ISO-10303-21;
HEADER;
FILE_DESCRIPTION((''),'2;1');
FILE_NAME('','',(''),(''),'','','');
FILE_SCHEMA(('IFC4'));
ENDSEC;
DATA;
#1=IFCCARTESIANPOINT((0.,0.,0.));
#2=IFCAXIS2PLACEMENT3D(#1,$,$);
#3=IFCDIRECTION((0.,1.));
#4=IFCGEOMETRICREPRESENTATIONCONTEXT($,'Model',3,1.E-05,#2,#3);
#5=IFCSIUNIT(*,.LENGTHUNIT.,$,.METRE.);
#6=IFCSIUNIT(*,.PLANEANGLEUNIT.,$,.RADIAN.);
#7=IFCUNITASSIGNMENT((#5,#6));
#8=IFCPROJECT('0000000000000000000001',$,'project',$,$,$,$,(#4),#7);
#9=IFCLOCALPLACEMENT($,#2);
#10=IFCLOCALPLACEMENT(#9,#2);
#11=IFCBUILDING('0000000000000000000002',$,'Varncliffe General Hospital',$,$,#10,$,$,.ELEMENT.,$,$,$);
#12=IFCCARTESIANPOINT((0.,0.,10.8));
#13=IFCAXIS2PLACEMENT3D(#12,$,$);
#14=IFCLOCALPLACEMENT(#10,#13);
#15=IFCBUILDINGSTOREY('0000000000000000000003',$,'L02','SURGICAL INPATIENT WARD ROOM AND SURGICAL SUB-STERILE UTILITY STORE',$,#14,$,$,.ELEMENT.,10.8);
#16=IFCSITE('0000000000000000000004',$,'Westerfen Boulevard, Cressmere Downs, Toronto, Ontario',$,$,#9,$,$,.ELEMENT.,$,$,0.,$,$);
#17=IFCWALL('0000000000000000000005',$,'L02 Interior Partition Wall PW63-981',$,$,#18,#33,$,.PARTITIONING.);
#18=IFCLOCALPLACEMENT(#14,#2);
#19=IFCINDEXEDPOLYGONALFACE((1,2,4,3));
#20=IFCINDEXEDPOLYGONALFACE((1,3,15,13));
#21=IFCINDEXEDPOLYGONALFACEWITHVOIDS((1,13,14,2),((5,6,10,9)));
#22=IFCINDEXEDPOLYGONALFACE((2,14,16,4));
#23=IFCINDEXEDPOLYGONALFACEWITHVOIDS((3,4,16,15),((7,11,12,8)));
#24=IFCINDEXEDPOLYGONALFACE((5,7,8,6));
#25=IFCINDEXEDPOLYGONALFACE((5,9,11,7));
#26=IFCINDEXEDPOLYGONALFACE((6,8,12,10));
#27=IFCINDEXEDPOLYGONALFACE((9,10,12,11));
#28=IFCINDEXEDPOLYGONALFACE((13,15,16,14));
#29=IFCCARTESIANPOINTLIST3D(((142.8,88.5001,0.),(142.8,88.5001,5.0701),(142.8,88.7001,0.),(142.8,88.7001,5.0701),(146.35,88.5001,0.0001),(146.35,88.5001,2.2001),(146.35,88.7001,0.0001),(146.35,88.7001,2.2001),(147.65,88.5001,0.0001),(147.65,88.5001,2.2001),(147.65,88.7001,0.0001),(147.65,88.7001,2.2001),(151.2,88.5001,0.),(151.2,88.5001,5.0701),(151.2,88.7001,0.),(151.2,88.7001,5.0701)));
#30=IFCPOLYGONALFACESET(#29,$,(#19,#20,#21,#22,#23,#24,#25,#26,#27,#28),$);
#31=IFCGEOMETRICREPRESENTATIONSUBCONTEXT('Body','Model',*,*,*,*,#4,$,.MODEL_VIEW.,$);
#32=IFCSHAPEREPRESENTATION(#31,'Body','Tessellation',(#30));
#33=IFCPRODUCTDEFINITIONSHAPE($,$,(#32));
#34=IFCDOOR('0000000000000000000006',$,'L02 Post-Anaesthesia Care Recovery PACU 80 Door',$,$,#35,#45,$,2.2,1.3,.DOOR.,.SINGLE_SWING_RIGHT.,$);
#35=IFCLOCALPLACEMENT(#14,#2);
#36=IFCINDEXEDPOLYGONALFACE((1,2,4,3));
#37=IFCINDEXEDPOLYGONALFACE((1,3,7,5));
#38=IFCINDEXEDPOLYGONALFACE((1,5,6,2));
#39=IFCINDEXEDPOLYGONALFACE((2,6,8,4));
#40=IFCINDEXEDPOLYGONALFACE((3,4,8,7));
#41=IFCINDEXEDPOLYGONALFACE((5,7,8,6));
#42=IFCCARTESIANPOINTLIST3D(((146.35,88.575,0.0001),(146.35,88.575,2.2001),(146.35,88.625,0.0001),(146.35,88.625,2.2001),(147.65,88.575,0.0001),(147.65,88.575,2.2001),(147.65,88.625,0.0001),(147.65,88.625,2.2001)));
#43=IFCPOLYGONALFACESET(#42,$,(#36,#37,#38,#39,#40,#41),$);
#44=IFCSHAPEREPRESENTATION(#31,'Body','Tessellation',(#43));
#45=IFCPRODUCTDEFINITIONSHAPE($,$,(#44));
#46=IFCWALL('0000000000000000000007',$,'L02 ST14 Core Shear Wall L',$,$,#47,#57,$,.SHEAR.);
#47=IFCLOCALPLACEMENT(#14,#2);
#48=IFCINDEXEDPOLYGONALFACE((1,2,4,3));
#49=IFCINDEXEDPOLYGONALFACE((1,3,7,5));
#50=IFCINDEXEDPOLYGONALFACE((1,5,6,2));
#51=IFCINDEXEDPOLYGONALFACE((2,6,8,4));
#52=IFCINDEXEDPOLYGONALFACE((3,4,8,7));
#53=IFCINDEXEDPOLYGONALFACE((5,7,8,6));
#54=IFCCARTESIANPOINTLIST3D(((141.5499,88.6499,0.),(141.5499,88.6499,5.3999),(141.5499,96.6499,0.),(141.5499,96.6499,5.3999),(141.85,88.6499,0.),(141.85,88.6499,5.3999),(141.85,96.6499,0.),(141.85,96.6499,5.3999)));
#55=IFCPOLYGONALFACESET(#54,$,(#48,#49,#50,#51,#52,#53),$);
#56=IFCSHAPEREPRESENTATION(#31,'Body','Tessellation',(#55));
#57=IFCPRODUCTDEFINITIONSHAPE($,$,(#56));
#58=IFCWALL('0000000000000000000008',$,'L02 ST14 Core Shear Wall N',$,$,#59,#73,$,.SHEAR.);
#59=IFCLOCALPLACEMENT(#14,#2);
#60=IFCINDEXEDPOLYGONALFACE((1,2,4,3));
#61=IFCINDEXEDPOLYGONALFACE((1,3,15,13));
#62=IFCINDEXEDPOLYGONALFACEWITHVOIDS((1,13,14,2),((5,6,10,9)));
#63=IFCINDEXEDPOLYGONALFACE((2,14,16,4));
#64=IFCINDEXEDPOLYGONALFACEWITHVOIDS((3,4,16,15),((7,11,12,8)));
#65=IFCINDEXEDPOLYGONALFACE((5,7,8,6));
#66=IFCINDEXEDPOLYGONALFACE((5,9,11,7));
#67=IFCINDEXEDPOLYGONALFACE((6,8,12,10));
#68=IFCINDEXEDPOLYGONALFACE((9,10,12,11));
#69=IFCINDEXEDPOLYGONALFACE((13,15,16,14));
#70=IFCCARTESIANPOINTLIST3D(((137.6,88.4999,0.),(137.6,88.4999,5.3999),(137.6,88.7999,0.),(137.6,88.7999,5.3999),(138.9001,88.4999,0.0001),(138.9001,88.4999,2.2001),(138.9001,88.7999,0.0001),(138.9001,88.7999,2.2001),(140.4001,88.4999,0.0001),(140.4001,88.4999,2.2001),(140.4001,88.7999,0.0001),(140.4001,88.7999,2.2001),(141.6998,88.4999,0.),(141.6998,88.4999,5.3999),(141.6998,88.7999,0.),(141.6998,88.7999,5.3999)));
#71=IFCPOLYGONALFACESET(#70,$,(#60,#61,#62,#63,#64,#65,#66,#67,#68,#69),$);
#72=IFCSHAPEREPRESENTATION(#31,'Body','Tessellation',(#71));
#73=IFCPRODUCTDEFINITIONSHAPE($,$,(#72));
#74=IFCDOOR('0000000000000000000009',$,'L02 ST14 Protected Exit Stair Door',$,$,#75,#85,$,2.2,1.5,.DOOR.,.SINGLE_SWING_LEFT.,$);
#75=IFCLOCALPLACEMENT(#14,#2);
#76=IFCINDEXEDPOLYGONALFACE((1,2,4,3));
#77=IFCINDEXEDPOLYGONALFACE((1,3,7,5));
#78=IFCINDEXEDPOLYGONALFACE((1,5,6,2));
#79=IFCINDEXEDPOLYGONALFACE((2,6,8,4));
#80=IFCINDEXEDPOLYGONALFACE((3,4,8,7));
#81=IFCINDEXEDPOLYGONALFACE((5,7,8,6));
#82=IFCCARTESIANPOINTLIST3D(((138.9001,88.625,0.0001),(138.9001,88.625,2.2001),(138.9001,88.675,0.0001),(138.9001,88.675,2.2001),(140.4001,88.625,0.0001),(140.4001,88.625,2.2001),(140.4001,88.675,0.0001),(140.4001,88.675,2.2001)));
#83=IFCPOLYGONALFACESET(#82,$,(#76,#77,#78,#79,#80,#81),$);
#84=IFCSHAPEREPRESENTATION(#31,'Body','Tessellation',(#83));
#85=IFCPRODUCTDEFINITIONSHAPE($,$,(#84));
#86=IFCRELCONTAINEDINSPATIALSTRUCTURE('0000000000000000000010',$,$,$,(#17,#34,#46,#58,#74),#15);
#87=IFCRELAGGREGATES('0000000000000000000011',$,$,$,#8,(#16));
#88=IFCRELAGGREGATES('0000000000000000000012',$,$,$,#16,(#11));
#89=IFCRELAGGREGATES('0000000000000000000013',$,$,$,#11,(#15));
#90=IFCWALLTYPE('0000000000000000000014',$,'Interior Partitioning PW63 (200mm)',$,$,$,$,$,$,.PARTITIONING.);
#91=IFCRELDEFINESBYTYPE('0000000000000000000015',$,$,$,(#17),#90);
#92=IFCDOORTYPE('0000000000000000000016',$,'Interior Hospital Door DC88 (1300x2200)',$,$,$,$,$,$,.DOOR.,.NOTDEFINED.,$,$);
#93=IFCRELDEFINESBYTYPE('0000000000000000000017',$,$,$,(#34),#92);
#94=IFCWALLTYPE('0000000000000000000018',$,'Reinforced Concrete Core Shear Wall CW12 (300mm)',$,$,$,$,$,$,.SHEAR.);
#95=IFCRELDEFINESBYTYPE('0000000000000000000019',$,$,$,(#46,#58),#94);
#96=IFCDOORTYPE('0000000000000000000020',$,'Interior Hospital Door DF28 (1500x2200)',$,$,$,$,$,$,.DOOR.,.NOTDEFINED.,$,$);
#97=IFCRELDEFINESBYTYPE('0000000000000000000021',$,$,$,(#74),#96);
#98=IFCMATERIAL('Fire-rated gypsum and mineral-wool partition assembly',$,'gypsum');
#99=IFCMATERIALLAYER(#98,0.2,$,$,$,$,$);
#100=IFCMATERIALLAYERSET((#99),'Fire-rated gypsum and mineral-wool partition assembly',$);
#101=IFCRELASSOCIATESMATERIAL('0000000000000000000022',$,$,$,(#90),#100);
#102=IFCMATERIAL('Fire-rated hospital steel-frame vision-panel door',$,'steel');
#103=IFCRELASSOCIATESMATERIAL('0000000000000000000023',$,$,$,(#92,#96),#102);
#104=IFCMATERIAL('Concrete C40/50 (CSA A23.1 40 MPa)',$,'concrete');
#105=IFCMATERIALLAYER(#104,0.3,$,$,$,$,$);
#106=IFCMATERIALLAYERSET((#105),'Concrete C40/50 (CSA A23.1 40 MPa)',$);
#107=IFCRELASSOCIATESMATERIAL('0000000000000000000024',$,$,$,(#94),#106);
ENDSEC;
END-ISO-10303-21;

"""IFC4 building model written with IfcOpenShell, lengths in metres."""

from ifc_helpers import new_model, si_unit, direction, frame, frame_2d, origin, place, context, subcontext, project, spatial, rectangle, extrude, material, layer, layer_set, type_object, element, fill, save


model = new_model("IFC4")

# Units and contexts
model_context = context("Model", 3, precision=1e-05, world=origin(), true_north=direction((0.0, 1.0)))
body_context = subcontext(model_context, "Body", "Model", "MODEL_VIEW")
ifc_project = project(units=[si_unit("LENGTHUNIT", "METRE"), si_unit("PLANEANGLEUNIT", "RADIAN")], contexts=[model_context])

# Site, building, storey
site_placement = place(None, origin())
site = spatial("IfcSite", under=ifc_project, at=site_placement, Name="Westerfen Boulevard, Cressmere Downs, Toronto, Ontario", CompositionType="ELEMENT", RefElevation=0.0)
building_placement = place(site_placement, origin())
building = spatial("IfcBuilding", under=site, at=building_placement, Name="Varncliffe General Hospital", CompositionType="ELEMENT")
storey_placement = place(building_placement, frame((0.0, 0.0, 10.8)))
storey = spatial("IfcBuildingStorey", under=building, at=storey_placement, Name="L02", Description="SURGICAL INPATIENT WARD ROOM AND SURGICAL SUB-STERILE UTILITY STORE", CompositionType="ELEMENT", Elevation=10.8)

# Wall, opening, door
ifc_material_1 = material(Name="Fire-rated gypsum and mineral-wool partition assembly", Category="gypsum")
ifc_layer_1 = layer(ifc_material_1, 0.2)
ifc_layer_set_1 = layer_set([ifc_layer_1], Name="Fire-rated gypsum and mineral-wool partition assembly")
wall_type_1 = type_object("IfcWallType", Name="Interior Partitioning PW63 (200mm)", PredefinedType="PARTITIONING", material=ifc_layer_set_1)
ifc_material_2 = material(Name="Fire-rated hospital steel-frame vision-panel door", Category="steel")
wall_1_placement = place(storey_placement, frame((142.8, 88.6001, 0.0), z_axis=(0.0, 0.0, 1.0), x_axis=(1.0, 0.0, 0.0)))
wall_1 = element("IfcWall", 1, at=wall_1_placement, inside=storey, type_object=wall_type_1, Name="L02 Interior Partition Wall PW63-981", PredefinedType="PARTITIONING", context=body_context, shape_type="SweptSolid", body=[
    extrude(rectangle(XDim=8.3999, YDim=0.2, at=frame_2d((4.2, 0.0))), origin(), (0.0, 0.0, 1.0), 5.0701),
])
opening_1_placement = place(wall_1_placement, frame((3.55, 0.0, 0.0)))
opening_1 = element("IfcOpeningElement", 2, at=opening_1_placement, cuts=wall_1, PredefinedType="OPENING", context=body_context, shape_type="SweptSolid", body=[
    extrude(rectangle(XDim=1.3, YDim=2.2, at=frame_2d((0.6499, 1.1001))), frame((0.0, 0.1099, 0.0), z_axis=(0.0, -1.0, 0.0), x_axis=(1.0, 0.0, 0.0)), (0.0, 0.0, 1.0), 0.22),
])
door_type_1 = type_object("IfcDoorType", Name="Interior Hospital Door DC88 (1300x2200)", OperationType="NOTDEFINED", PredefinedType="DOOR", material=ifc_material_2)
door_1_placement = place(opening_1_placement, origin())
door_1 = element("IfcDoor", 3, at=door_1_placement, inside=storey, type_object=door_type_1, Name="L02 Post-Anaesthesia Care Recovery PACU 80 Door", OperationType="SINGLE_SWING_RIGHT", OverallHeight=2.2, OverallWidth=1.3, PredefinedType="DOOR", context=body_context, shape_type="SweptSolid", body=[
    extrude(rectangle(XDim=1.3, YDim=2.2, at=frame_2d((0.6499, 1.1001))), frame((0.0, 0.0249, 0.0), z_axis=(0.0, -1.0, 0.0), x_axis=(1.0, 0.0, 0.0)), (0.0, 0.0, 1.0), 0.05),
])
fill(opening_1, door_1)

# Wall
ifc_material_3 = material(Name="Concrete C40/50 (CSA A23.1 40 MPa)", Category="concrete")
ifc_layer_2 = layer(ifc_material_3, 0.3)
ifc_layer_set_2 = layer_set([ifc_layer_2], Name="Concrete C40/50 (CSA A23.1 40 MPa)")
wall_type_2 = type_object("IfcWallType", Name="Reinforced Concrete Core Shear Wall CW12 (300mm)", PredefinedType="SHEAR", material=ifc_layer_set_2)
wall_2_placement = place(storey_placement, frame((141.7, 88.6499, 0.0), z_axis=(0.0, 0.0, 1.0), x_axis=(0.0, 1.0, 0.0)))
element("IfcWall", 4, at=wall_2_placement, inside=storey, type_object=wall_type_2, Name="L02 ST14 Core Shear Wall L", PredefinedType="SHEAR", context=body_context, shape_type="SweptSolid", body=[
    extrude(rectangle(XDim=8.0, YDim=0.3, at=frame_2d((4.0, 0.0))), origin(), (0.0, 0.0, 1.0), 5.3999),
])

# Wall, opening, door
wall_3_placement = place(storey_placement, frame((137.6001, 88.6499, 0.0), z_axis=(0.0, 0.0, 1.0), x_axis=(1.0, 0.0, 0.0)))
wall_3 = element("IfcWall", 5, at=wall_3_placement, inside=storey, type_object=wall_type_2, Name="L02 ST14 Core Shear Wall N", PredefinedType="SHEAR", context=body_context, shape_type="SweptSolid", body=[
    extrude(rectangle(XDim=4.0999, YDim=0.3, at=frame_2d((2.0498, 0.0))), origin(), (0.0, 0.0, 1.0), 5.3999),
])
opening_2_placement = place(wall_3_placement, frame((1.3, 0.0, 0.0)))
opening_2 = element("IfcOpeningElement", 6, at=opening_2_placement, cuts=wall_3, PredefinedType="OPENING", context=body_context, shape_type="SweptSolid", body=[
    extrude(rectangle(XDim=1.5, YDim=2.2, at=frame_2d((0.75, 1.1001))), frame((0.0, 0.1602, 0.0), z_axis=(0.0, -1.0, 0.0), x_axis=(1.0, 0.0, 0.0)), (0.0, 0.0, 1.0), 0.3201),
])
door_type_2 = type_object("IfcDoorType", Name="Interior Hospital Door DF28 (1500x2200)", OperationType="NOTDEFINED", PredefinedType="DOOR", material=ifc_material_2)
door_2_placement = place(opening_2_placement, frame((1.5, 0.0, 0.0), z_axis=(0.0, 0.0, 1.0), x_axis=(-1.0, 0.0, 0.0)))
door_2 = element("IfcDoor", 7, at=door_2_placement, inside=storey, type_object=door_type_2, Name="L02 ST14 Protected Exit Stair Door", OperationType="SINGLE_SWING_LEFT", OverallHeight=2.2, OverallWidth=1.5, PredefinedType="DOOR", context=body_context, shape_type="SweptSolid", body=[
    extrude(rectangle(XDim=1.5, YDim=2.2, at=frame_2d((0.75, 1.1001))), frame((0.0, 0.0249, 0.0), z_axis=(0.0, -1.0, 0.0), x_axis=(1.0, 0.0, 0.0)), (0.0, 0.0, 1.0), 0.05),
])
fill(opening_2, door_2)

save(model, "model.ifc")
